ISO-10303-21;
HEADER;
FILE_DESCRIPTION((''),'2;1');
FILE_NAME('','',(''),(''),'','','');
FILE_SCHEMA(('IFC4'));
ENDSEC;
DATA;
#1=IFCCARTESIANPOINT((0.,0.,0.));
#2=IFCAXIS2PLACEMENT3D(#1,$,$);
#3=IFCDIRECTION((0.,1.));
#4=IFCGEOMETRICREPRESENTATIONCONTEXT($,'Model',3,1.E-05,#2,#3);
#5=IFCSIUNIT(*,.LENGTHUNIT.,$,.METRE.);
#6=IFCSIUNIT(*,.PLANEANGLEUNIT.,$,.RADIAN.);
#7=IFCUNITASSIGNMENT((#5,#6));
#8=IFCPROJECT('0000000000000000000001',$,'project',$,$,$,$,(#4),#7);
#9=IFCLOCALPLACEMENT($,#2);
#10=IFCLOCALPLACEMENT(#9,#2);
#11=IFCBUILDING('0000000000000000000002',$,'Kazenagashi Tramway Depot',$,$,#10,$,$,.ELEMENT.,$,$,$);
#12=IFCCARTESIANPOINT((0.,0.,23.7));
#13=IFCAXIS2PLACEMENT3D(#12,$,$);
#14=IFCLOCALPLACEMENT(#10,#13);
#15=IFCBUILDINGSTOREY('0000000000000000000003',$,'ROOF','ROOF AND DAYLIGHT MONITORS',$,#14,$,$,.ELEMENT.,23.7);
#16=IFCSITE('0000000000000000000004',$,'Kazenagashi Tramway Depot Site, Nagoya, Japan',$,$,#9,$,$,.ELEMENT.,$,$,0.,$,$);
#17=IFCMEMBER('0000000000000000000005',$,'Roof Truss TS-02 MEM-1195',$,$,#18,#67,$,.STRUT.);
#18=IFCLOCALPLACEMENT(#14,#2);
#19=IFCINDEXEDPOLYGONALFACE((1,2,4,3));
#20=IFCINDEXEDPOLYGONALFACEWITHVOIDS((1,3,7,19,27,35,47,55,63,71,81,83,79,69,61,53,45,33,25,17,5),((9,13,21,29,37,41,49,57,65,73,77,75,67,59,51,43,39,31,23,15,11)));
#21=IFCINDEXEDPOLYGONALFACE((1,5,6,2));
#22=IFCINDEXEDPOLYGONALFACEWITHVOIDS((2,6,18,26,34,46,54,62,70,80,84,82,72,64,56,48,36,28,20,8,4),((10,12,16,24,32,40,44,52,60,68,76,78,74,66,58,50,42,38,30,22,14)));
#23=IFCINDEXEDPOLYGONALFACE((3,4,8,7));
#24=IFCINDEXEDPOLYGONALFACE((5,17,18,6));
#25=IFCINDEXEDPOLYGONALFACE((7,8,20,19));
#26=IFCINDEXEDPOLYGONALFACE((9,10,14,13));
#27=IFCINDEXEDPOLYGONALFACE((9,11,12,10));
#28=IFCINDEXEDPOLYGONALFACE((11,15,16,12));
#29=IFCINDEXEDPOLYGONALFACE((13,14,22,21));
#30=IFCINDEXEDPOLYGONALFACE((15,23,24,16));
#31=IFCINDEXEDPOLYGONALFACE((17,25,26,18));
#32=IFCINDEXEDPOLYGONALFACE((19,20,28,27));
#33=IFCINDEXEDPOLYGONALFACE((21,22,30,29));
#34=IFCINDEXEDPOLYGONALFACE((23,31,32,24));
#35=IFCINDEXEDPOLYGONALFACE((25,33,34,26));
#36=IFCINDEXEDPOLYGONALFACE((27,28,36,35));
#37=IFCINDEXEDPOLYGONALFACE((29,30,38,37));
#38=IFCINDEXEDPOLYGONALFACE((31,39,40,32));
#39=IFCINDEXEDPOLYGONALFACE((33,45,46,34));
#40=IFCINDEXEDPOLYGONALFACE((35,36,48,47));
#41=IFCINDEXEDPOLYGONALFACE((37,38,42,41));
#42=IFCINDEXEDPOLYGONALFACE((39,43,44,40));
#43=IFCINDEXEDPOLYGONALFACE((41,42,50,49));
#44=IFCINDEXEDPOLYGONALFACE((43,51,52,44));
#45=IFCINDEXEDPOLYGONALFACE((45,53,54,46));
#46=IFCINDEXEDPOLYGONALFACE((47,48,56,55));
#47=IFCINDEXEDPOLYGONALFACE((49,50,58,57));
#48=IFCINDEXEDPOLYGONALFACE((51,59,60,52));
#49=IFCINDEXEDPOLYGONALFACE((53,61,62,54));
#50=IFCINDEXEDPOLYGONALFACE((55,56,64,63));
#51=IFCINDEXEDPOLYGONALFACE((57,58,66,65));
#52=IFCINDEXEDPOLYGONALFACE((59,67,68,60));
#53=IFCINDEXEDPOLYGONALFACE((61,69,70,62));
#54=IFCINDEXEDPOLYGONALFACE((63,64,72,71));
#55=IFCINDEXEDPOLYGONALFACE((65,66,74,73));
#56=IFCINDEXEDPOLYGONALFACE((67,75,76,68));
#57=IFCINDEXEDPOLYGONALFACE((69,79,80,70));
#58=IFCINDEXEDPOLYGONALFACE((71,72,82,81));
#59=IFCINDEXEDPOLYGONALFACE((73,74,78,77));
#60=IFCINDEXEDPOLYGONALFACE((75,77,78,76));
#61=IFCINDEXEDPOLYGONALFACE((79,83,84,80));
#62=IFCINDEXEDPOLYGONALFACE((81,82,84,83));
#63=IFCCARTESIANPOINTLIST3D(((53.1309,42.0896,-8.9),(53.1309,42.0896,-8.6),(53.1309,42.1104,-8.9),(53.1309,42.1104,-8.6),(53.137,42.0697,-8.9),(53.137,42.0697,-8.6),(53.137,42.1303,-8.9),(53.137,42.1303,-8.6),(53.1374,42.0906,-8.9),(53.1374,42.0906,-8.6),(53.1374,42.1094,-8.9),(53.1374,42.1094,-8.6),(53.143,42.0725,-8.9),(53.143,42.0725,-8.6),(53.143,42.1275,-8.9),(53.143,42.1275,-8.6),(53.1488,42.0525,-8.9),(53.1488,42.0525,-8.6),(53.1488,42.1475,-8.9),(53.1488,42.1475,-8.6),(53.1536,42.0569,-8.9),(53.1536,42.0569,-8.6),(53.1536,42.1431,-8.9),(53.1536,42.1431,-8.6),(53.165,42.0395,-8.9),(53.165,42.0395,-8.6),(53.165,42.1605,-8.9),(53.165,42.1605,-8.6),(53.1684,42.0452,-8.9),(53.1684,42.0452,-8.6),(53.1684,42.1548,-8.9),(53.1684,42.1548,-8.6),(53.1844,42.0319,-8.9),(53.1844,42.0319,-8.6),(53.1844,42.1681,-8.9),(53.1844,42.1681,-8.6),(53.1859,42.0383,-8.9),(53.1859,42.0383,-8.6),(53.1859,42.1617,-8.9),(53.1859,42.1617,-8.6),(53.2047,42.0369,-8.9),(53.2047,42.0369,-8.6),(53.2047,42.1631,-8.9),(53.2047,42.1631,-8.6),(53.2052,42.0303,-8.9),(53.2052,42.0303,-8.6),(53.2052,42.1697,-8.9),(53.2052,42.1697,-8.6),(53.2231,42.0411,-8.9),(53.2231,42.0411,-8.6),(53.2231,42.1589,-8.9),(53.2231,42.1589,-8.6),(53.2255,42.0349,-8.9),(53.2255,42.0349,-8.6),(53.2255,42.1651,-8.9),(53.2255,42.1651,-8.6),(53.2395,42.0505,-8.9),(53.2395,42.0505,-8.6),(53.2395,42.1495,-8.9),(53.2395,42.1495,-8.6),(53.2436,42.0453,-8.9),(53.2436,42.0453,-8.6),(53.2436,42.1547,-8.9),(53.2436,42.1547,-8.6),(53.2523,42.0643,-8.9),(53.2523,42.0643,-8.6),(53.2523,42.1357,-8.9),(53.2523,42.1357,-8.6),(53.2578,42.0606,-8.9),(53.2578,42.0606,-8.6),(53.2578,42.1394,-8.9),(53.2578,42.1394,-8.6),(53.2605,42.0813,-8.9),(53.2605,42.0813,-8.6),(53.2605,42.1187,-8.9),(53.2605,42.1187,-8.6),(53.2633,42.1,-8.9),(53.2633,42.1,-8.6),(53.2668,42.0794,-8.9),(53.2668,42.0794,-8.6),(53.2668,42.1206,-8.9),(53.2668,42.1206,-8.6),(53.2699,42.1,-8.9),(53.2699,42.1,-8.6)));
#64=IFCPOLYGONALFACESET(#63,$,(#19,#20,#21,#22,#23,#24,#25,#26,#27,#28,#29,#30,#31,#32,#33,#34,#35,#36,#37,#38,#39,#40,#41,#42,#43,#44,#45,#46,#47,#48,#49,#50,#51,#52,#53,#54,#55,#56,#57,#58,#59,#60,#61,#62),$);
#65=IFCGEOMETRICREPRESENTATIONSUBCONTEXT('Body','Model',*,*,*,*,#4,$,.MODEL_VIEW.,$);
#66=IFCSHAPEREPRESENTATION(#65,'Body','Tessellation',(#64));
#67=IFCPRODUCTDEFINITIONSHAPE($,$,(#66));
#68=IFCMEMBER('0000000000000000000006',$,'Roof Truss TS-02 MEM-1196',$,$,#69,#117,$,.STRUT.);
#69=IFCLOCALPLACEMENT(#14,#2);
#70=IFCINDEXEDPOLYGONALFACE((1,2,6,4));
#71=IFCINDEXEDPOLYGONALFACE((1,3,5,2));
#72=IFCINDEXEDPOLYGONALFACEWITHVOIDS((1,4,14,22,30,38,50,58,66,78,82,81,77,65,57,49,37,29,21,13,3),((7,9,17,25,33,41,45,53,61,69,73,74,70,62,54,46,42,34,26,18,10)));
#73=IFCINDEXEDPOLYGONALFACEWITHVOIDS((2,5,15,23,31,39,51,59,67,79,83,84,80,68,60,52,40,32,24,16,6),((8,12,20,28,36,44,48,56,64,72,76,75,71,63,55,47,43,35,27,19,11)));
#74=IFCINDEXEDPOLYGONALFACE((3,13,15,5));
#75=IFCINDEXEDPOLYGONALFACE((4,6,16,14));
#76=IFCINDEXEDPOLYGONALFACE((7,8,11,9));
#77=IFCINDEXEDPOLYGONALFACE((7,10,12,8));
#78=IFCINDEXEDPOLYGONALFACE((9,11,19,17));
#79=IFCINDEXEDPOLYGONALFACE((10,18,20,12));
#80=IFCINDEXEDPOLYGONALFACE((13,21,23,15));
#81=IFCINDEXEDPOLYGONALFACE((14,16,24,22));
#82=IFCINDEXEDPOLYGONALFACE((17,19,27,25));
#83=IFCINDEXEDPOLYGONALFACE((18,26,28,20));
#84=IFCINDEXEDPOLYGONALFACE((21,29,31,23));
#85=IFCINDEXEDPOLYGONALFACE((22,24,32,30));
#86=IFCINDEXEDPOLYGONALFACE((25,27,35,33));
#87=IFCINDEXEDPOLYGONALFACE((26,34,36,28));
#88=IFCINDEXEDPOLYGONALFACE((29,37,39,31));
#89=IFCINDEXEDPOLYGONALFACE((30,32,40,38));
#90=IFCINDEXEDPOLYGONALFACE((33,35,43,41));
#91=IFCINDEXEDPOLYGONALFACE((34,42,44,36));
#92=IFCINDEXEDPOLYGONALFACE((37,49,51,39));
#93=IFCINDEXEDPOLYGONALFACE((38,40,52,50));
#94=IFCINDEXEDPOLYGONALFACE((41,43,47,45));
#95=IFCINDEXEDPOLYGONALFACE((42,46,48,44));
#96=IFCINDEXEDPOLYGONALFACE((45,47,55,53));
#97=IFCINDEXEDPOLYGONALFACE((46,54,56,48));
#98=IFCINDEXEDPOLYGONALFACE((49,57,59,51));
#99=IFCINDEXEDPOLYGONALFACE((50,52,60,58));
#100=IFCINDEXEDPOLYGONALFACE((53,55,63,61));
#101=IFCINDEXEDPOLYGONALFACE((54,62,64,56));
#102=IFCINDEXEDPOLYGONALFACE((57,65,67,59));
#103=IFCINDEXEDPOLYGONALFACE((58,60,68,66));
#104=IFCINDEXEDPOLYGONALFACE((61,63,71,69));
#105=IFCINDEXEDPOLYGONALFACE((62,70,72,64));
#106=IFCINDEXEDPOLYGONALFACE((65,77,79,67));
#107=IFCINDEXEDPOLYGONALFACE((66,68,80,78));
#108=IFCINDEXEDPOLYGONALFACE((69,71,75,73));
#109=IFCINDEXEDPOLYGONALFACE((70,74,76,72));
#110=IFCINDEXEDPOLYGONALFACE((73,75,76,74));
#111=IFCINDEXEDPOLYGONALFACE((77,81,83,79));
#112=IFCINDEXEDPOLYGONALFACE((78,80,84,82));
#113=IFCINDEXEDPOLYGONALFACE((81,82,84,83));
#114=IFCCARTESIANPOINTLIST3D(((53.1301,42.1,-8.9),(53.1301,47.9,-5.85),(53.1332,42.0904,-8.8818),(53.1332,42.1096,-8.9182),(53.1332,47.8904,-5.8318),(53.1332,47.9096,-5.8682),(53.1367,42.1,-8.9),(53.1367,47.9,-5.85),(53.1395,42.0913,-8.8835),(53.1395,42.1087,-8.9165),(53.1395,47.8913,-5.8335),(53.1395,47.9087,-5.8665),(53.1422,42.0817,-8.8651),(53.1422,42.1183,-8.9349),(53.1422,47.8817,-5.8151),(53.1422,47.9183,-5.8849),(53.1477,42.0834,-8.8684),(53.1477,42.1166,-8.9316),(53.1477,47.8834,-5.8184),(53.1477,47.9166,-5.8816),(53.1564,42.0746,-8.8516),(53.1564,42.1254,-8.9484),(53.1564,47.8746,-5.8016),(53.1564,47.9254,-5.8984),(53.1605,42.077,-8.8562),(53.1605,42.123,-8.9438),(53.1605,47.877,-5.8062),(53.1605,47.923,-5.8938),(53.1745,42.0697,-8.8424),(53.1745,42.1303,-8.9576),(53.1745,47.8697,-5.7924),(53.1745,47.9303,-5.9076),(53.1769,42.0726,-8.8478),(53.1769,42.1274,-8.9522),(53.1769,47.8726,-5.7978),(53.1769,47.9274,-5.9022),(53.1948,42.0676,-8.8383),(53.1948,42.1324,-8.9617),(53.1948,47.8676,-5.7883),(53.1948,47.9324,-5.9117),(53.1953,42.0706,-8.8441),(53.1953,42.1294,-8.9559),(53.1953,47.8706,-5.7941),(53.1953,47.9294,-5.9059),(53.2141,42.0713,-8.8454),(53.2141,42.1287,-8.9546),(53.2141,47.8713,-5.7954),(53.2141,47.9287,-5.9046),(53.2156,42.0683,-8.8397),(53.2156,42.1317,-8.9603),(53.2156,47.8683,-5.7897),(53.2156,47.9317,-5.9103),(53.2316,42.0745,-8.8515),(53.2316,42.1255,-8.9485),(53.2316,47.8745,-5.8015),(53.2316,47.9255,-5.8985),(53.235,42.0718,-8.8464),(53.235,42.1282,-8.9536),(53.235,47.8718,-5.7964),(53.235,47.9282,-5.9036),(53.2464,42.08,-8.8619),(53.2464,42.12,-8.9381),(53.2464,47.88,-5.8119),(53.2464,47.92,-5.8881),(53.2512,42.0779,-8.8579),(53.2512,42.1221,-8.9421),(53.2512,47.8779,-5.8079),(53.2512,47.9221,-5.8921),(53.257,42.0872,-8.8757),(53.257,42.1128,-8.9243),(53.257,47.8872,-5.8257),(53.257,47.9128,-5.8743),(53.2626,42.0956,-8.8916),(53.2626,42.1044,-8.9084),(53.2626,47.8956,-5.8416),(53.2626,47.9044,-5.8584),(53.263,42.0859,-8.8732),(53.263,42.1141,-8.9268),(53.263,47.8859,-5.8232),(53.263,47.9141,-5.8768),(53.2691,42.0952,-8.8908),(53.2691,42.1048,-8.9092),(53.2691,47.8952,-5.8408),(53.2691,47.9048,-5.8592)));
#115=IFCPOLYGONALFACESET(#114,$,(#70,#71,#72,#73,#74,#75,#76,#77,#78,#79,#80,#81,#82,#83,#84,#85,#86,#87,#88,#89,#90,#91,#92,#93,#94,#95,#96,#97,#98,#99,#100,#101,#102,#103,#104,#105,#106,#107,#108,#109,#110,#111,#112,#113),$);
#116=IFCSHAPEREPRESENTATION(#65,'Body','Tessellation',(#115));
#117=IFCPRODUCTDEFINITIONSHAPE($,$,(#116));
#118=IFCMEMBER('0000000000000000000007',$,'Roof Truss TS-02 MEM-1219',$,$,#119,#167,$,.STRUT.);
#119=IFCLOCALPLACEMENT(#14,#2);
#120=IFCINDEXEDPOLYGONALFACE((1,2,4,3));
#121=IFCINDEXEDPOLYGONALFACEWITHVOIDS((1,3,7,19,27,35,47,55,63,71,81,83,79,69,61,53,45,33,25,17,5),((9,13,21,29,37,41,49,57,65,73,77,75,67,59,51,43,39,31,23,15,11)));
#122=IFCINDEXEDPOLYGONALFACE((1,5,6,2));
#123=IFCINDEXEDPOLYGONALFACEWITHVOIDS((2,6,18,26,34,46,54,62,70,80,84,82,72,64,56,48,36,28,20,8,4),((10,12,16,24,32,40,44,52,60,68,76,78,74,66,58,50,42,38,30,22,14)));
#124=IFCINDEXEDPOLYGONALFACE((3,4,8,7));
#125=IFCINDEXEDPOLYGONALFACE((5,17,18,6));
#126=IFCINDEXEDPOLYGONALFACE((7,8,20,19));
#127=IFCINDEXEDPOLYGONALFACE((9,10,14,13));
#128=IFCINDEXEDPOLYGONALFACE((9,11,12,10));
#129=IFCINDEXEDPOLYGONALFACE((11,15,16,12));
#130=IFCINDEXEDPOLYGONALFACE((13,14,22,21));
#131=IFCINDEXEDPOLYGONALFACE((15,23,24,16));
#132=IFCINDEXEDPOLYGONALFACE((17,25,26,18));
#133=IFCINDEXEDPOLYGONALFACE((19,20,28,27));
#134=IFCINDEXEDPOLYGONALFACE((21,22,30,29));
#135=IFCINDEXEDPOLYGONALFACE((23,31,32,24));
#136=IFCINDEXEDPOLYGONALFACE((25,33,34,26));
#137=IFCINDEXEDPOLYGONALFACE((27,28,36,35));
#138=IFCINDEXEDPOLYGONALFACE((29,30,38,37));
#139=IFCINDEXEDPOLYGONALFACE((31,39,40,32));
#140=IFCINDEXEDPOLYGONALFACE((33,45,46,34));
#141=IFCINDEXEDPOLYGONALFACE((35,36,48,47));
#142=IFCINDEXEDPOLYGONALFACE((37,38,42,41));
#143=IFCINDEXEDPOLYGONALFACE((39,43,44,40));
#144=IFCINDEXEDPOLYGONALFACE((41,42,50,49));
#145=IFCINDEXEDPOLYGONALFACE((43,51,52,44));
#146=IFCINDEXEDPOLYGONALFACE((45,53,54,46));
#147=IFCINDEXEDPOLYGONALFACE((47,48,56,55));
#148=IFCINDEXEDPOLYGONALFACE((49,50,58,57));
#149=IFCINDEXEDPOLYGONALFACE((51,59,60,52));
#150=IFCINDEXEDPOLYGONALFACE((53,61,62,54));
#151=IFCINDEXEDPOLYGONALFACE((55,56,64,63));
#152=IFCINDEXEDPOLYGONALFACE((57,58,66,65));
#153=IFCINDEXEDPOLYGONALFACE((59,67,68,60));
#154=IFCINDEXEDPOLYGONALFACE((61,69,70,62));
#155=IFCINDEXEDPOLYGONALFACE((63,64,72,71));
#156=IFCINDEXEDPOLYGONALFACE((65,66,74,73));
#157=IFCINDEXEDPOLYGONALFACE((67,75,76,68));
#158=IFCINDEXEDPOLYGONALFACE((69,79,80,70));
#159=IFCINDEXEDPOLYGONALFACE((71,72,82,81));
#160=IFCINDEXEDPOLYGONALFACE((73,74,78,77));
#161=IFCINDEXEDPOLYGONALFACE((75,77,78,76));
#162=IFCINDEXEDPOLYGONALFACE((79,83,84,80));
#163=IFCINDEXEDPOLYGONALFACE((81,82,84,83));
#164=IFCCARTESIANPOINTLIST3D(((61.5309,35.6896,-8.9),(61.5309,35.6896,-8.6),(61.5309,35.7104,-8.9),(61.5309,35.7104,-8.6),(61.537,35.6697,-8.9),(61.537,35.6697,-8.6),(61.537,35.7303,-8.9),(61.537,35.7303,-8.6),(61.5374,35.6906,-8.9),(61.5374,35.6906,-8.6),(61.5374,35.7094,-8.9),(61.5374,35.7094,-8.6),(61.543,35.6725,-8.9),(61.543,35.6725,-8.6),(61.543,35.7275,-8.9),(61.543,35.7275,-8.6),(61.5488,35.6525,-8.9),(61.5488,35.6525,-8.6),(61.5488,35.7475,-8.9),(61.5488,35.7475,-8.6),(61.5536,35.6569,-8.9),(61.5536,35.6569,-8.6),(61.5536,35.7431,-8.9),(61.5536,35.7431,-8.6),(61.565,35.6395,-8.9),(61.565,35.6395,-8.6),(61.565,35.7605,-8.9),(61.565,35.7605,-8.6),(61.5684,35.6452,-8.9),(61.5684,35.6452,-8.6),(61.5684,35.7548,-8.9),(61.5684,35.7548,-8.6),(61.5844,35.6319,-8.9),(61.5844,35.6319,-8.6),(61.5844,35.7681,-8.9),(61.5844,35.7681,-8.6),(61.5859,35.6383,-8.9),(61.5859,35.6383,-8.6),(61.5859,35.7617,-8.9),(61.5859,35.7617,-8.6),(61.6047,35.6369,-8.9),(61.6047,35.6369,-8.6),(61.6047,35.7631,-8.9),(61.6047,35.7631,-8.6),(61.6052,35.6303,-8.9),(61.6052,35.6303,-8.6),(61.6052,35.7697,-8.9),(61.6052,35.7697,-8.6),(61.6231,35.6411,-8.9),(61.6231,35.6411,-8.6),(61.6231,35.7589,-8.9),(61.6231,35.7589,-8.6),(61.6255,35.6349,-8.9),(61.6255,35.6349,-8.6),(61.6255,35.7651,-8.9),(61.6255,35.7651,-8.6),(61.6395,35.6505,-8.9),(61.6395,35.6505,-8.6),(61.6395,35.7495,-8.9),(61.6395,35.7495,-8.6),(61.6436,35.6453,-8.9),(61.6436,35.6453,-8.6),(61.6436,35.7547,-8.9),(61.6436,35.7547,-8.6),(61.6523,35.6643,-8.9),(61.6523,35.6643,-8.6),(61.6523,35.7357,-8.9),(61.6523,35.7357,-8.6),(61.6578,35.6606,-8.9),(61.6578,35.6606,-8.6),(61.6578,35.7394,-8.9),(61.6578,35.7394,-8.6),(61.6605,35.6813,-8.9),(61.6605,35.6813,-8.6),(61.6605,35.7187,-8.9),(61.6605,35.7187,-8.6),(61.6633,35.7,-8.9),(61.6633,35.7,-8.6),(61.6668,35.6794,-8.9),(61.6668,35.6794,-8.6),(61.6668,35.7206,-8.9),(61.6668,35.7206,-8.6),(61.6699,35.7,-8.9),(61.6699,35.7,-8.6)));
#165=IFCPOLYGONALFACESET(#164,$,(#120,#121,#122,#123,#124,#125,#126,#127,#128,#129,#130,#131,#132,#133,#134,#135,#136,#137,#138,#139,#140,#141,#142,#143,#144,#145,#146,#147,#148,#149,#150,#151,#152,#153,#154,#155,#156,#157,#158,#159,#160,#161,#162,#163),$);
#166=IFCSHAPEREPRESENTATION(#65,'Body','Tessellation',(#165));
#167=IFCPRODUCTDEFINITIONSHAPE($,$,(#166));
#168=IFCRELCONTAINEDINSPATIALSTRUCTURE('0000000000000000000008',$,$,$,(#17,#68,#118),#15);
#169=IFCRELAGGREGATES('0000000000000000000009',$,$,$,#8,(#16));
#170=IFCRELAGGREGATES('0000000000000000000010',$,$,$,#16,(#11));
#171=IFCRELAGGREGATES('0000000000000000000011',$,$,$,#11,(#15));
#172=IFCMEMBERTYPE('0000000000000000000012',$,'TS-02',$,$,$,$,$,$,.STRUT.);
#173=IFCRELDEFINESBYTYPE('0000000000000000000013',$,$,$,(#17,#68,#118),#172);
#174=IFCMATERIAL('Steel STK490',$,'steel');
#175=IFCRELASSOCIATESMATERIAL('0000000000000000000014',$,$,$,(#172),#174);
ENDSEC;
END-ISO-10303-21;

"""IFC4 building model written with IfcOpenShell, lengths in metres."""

from ifc_helpers import new_model, si_unit, direction, frame, origin, origin_2d, place, context, subcontext, project, spatial, hollow_circle, extrude, material, material_profile, profile_set, type_object, element, save


model = new_model("IFC4")

# Units and contexts
model_context = context("Model", 3, precision=1e-05, world=origin(), true_north=direction((0.0, 1.0)))
body_context = subcontext(model_context, "Body", "Model", "MODEL_VIEW")
ifc_project = project(units=[si_unit("LENGTHUNIT", "METRE"), si_unit("PLANEANGLEUNIT", "RADIAN")], contexts=[model_context])

# Site, building, storey
site_placement = place(None, origin())
site = spatial("IfcSite", under=ifc_project, at=site_placement, Name="Kazenagashi Tramway Depot Site, Nagoya, Japan", CompositionType="ELEMENT", RefElevation=0.0)
building_placement = place(site_placement, origin())
building = spatial("IfcBuilding", under=site, at=building_placement, Name="Kazenagashi Tramway Depot", CompositionType="ELEMENT")
storey_placement = place(building_placement, frame((0.0, 0.0, 23.7)))
storey = spatial("IfcBuildingStorey", under=building, at=storey_placement, Name="ROOF", Description="ROOF AND DAYLIGHT MONITORS", CompositionType="ELEMENT", Elevation=23.7)

# Members
ifc_material_1 = material(Name="Steel STK490", Category="steel")
ifc_material_profile_1 = material_profile(ifc_material_1, hollow_circle(Radius=0.0699, WallThickness=0.0066, at=origin_2d()), Name="CHS-139.8x6.6")
ifc_profile_set_1 = profile_set([ifc_material_profile_1], Name="Steel STK490")
member_type_1 = type_object("IfcMemberType", Name="TS-02", PredefinedType="STRUT", material=ifc_profile_set_1)
member_1_placement = place(storey_placement, frame((53.2, 42.1, -8.9), z_axis=(0.0, 0.0, 1.0), x_axis=(1.0, 0.0, 0.0)))
element("IfcMember", 1, at=member_1_placement, inside=storey, type_object=member_type_1, Name="Roof Truss TS-02 MEM-1195", PredefinedType="STRUT", context=body_context, shape_type="SweptSolid", body=[
    extrude(hollow_circle(Radius=0.0699, WallThickness=0.0066, at=origin_2d()), origin(), (0.0, 0.0, 1.0), 0.3),
])
member_2_placement = place(storey_placement, frame((53.2, 42.1, -8.9), z_axis=(0.0, 0.885084, 0.465432), x_axis=(-1.0, 0.0, 0.0)))
element("IfcMember", 2, at=member_2_placement, inside=storey, type_object=member_type_1, Name="Roof Truss TS-02 MEM-1196", PredefinedType="STRUT", context=body_context, shape_type="SweptSolid", body=[
    extrude(hollow_circle(Radius=0.0699, WallThickness=0.0066, at=origin_2d()), origin(), (0.0, 0.0, 1.0), 6.5531),
])
member_3_placement = place(storey_placement, frame((61.6, 35.7, -8.9), z_axis=(0.0, 0.0, 1.0), x_axis=(1.0, 0.0, 0.0)))
element("IfcMember", 3, at=member_3_placement, inside=storey, type_object=member_type_1, Name="Roof Truss TS-02 MEM-1219", PredefinedType="STRUT", context=body_context, shape_type="SweptSolid", body=[
    extrude(hollow_circle(Radius=0.0699, WallThickness=0.0066, at=origin_2d()), origin(), (0.0, 0.0, 1.0), 0.3),
])

save(model, "model.ifc")
